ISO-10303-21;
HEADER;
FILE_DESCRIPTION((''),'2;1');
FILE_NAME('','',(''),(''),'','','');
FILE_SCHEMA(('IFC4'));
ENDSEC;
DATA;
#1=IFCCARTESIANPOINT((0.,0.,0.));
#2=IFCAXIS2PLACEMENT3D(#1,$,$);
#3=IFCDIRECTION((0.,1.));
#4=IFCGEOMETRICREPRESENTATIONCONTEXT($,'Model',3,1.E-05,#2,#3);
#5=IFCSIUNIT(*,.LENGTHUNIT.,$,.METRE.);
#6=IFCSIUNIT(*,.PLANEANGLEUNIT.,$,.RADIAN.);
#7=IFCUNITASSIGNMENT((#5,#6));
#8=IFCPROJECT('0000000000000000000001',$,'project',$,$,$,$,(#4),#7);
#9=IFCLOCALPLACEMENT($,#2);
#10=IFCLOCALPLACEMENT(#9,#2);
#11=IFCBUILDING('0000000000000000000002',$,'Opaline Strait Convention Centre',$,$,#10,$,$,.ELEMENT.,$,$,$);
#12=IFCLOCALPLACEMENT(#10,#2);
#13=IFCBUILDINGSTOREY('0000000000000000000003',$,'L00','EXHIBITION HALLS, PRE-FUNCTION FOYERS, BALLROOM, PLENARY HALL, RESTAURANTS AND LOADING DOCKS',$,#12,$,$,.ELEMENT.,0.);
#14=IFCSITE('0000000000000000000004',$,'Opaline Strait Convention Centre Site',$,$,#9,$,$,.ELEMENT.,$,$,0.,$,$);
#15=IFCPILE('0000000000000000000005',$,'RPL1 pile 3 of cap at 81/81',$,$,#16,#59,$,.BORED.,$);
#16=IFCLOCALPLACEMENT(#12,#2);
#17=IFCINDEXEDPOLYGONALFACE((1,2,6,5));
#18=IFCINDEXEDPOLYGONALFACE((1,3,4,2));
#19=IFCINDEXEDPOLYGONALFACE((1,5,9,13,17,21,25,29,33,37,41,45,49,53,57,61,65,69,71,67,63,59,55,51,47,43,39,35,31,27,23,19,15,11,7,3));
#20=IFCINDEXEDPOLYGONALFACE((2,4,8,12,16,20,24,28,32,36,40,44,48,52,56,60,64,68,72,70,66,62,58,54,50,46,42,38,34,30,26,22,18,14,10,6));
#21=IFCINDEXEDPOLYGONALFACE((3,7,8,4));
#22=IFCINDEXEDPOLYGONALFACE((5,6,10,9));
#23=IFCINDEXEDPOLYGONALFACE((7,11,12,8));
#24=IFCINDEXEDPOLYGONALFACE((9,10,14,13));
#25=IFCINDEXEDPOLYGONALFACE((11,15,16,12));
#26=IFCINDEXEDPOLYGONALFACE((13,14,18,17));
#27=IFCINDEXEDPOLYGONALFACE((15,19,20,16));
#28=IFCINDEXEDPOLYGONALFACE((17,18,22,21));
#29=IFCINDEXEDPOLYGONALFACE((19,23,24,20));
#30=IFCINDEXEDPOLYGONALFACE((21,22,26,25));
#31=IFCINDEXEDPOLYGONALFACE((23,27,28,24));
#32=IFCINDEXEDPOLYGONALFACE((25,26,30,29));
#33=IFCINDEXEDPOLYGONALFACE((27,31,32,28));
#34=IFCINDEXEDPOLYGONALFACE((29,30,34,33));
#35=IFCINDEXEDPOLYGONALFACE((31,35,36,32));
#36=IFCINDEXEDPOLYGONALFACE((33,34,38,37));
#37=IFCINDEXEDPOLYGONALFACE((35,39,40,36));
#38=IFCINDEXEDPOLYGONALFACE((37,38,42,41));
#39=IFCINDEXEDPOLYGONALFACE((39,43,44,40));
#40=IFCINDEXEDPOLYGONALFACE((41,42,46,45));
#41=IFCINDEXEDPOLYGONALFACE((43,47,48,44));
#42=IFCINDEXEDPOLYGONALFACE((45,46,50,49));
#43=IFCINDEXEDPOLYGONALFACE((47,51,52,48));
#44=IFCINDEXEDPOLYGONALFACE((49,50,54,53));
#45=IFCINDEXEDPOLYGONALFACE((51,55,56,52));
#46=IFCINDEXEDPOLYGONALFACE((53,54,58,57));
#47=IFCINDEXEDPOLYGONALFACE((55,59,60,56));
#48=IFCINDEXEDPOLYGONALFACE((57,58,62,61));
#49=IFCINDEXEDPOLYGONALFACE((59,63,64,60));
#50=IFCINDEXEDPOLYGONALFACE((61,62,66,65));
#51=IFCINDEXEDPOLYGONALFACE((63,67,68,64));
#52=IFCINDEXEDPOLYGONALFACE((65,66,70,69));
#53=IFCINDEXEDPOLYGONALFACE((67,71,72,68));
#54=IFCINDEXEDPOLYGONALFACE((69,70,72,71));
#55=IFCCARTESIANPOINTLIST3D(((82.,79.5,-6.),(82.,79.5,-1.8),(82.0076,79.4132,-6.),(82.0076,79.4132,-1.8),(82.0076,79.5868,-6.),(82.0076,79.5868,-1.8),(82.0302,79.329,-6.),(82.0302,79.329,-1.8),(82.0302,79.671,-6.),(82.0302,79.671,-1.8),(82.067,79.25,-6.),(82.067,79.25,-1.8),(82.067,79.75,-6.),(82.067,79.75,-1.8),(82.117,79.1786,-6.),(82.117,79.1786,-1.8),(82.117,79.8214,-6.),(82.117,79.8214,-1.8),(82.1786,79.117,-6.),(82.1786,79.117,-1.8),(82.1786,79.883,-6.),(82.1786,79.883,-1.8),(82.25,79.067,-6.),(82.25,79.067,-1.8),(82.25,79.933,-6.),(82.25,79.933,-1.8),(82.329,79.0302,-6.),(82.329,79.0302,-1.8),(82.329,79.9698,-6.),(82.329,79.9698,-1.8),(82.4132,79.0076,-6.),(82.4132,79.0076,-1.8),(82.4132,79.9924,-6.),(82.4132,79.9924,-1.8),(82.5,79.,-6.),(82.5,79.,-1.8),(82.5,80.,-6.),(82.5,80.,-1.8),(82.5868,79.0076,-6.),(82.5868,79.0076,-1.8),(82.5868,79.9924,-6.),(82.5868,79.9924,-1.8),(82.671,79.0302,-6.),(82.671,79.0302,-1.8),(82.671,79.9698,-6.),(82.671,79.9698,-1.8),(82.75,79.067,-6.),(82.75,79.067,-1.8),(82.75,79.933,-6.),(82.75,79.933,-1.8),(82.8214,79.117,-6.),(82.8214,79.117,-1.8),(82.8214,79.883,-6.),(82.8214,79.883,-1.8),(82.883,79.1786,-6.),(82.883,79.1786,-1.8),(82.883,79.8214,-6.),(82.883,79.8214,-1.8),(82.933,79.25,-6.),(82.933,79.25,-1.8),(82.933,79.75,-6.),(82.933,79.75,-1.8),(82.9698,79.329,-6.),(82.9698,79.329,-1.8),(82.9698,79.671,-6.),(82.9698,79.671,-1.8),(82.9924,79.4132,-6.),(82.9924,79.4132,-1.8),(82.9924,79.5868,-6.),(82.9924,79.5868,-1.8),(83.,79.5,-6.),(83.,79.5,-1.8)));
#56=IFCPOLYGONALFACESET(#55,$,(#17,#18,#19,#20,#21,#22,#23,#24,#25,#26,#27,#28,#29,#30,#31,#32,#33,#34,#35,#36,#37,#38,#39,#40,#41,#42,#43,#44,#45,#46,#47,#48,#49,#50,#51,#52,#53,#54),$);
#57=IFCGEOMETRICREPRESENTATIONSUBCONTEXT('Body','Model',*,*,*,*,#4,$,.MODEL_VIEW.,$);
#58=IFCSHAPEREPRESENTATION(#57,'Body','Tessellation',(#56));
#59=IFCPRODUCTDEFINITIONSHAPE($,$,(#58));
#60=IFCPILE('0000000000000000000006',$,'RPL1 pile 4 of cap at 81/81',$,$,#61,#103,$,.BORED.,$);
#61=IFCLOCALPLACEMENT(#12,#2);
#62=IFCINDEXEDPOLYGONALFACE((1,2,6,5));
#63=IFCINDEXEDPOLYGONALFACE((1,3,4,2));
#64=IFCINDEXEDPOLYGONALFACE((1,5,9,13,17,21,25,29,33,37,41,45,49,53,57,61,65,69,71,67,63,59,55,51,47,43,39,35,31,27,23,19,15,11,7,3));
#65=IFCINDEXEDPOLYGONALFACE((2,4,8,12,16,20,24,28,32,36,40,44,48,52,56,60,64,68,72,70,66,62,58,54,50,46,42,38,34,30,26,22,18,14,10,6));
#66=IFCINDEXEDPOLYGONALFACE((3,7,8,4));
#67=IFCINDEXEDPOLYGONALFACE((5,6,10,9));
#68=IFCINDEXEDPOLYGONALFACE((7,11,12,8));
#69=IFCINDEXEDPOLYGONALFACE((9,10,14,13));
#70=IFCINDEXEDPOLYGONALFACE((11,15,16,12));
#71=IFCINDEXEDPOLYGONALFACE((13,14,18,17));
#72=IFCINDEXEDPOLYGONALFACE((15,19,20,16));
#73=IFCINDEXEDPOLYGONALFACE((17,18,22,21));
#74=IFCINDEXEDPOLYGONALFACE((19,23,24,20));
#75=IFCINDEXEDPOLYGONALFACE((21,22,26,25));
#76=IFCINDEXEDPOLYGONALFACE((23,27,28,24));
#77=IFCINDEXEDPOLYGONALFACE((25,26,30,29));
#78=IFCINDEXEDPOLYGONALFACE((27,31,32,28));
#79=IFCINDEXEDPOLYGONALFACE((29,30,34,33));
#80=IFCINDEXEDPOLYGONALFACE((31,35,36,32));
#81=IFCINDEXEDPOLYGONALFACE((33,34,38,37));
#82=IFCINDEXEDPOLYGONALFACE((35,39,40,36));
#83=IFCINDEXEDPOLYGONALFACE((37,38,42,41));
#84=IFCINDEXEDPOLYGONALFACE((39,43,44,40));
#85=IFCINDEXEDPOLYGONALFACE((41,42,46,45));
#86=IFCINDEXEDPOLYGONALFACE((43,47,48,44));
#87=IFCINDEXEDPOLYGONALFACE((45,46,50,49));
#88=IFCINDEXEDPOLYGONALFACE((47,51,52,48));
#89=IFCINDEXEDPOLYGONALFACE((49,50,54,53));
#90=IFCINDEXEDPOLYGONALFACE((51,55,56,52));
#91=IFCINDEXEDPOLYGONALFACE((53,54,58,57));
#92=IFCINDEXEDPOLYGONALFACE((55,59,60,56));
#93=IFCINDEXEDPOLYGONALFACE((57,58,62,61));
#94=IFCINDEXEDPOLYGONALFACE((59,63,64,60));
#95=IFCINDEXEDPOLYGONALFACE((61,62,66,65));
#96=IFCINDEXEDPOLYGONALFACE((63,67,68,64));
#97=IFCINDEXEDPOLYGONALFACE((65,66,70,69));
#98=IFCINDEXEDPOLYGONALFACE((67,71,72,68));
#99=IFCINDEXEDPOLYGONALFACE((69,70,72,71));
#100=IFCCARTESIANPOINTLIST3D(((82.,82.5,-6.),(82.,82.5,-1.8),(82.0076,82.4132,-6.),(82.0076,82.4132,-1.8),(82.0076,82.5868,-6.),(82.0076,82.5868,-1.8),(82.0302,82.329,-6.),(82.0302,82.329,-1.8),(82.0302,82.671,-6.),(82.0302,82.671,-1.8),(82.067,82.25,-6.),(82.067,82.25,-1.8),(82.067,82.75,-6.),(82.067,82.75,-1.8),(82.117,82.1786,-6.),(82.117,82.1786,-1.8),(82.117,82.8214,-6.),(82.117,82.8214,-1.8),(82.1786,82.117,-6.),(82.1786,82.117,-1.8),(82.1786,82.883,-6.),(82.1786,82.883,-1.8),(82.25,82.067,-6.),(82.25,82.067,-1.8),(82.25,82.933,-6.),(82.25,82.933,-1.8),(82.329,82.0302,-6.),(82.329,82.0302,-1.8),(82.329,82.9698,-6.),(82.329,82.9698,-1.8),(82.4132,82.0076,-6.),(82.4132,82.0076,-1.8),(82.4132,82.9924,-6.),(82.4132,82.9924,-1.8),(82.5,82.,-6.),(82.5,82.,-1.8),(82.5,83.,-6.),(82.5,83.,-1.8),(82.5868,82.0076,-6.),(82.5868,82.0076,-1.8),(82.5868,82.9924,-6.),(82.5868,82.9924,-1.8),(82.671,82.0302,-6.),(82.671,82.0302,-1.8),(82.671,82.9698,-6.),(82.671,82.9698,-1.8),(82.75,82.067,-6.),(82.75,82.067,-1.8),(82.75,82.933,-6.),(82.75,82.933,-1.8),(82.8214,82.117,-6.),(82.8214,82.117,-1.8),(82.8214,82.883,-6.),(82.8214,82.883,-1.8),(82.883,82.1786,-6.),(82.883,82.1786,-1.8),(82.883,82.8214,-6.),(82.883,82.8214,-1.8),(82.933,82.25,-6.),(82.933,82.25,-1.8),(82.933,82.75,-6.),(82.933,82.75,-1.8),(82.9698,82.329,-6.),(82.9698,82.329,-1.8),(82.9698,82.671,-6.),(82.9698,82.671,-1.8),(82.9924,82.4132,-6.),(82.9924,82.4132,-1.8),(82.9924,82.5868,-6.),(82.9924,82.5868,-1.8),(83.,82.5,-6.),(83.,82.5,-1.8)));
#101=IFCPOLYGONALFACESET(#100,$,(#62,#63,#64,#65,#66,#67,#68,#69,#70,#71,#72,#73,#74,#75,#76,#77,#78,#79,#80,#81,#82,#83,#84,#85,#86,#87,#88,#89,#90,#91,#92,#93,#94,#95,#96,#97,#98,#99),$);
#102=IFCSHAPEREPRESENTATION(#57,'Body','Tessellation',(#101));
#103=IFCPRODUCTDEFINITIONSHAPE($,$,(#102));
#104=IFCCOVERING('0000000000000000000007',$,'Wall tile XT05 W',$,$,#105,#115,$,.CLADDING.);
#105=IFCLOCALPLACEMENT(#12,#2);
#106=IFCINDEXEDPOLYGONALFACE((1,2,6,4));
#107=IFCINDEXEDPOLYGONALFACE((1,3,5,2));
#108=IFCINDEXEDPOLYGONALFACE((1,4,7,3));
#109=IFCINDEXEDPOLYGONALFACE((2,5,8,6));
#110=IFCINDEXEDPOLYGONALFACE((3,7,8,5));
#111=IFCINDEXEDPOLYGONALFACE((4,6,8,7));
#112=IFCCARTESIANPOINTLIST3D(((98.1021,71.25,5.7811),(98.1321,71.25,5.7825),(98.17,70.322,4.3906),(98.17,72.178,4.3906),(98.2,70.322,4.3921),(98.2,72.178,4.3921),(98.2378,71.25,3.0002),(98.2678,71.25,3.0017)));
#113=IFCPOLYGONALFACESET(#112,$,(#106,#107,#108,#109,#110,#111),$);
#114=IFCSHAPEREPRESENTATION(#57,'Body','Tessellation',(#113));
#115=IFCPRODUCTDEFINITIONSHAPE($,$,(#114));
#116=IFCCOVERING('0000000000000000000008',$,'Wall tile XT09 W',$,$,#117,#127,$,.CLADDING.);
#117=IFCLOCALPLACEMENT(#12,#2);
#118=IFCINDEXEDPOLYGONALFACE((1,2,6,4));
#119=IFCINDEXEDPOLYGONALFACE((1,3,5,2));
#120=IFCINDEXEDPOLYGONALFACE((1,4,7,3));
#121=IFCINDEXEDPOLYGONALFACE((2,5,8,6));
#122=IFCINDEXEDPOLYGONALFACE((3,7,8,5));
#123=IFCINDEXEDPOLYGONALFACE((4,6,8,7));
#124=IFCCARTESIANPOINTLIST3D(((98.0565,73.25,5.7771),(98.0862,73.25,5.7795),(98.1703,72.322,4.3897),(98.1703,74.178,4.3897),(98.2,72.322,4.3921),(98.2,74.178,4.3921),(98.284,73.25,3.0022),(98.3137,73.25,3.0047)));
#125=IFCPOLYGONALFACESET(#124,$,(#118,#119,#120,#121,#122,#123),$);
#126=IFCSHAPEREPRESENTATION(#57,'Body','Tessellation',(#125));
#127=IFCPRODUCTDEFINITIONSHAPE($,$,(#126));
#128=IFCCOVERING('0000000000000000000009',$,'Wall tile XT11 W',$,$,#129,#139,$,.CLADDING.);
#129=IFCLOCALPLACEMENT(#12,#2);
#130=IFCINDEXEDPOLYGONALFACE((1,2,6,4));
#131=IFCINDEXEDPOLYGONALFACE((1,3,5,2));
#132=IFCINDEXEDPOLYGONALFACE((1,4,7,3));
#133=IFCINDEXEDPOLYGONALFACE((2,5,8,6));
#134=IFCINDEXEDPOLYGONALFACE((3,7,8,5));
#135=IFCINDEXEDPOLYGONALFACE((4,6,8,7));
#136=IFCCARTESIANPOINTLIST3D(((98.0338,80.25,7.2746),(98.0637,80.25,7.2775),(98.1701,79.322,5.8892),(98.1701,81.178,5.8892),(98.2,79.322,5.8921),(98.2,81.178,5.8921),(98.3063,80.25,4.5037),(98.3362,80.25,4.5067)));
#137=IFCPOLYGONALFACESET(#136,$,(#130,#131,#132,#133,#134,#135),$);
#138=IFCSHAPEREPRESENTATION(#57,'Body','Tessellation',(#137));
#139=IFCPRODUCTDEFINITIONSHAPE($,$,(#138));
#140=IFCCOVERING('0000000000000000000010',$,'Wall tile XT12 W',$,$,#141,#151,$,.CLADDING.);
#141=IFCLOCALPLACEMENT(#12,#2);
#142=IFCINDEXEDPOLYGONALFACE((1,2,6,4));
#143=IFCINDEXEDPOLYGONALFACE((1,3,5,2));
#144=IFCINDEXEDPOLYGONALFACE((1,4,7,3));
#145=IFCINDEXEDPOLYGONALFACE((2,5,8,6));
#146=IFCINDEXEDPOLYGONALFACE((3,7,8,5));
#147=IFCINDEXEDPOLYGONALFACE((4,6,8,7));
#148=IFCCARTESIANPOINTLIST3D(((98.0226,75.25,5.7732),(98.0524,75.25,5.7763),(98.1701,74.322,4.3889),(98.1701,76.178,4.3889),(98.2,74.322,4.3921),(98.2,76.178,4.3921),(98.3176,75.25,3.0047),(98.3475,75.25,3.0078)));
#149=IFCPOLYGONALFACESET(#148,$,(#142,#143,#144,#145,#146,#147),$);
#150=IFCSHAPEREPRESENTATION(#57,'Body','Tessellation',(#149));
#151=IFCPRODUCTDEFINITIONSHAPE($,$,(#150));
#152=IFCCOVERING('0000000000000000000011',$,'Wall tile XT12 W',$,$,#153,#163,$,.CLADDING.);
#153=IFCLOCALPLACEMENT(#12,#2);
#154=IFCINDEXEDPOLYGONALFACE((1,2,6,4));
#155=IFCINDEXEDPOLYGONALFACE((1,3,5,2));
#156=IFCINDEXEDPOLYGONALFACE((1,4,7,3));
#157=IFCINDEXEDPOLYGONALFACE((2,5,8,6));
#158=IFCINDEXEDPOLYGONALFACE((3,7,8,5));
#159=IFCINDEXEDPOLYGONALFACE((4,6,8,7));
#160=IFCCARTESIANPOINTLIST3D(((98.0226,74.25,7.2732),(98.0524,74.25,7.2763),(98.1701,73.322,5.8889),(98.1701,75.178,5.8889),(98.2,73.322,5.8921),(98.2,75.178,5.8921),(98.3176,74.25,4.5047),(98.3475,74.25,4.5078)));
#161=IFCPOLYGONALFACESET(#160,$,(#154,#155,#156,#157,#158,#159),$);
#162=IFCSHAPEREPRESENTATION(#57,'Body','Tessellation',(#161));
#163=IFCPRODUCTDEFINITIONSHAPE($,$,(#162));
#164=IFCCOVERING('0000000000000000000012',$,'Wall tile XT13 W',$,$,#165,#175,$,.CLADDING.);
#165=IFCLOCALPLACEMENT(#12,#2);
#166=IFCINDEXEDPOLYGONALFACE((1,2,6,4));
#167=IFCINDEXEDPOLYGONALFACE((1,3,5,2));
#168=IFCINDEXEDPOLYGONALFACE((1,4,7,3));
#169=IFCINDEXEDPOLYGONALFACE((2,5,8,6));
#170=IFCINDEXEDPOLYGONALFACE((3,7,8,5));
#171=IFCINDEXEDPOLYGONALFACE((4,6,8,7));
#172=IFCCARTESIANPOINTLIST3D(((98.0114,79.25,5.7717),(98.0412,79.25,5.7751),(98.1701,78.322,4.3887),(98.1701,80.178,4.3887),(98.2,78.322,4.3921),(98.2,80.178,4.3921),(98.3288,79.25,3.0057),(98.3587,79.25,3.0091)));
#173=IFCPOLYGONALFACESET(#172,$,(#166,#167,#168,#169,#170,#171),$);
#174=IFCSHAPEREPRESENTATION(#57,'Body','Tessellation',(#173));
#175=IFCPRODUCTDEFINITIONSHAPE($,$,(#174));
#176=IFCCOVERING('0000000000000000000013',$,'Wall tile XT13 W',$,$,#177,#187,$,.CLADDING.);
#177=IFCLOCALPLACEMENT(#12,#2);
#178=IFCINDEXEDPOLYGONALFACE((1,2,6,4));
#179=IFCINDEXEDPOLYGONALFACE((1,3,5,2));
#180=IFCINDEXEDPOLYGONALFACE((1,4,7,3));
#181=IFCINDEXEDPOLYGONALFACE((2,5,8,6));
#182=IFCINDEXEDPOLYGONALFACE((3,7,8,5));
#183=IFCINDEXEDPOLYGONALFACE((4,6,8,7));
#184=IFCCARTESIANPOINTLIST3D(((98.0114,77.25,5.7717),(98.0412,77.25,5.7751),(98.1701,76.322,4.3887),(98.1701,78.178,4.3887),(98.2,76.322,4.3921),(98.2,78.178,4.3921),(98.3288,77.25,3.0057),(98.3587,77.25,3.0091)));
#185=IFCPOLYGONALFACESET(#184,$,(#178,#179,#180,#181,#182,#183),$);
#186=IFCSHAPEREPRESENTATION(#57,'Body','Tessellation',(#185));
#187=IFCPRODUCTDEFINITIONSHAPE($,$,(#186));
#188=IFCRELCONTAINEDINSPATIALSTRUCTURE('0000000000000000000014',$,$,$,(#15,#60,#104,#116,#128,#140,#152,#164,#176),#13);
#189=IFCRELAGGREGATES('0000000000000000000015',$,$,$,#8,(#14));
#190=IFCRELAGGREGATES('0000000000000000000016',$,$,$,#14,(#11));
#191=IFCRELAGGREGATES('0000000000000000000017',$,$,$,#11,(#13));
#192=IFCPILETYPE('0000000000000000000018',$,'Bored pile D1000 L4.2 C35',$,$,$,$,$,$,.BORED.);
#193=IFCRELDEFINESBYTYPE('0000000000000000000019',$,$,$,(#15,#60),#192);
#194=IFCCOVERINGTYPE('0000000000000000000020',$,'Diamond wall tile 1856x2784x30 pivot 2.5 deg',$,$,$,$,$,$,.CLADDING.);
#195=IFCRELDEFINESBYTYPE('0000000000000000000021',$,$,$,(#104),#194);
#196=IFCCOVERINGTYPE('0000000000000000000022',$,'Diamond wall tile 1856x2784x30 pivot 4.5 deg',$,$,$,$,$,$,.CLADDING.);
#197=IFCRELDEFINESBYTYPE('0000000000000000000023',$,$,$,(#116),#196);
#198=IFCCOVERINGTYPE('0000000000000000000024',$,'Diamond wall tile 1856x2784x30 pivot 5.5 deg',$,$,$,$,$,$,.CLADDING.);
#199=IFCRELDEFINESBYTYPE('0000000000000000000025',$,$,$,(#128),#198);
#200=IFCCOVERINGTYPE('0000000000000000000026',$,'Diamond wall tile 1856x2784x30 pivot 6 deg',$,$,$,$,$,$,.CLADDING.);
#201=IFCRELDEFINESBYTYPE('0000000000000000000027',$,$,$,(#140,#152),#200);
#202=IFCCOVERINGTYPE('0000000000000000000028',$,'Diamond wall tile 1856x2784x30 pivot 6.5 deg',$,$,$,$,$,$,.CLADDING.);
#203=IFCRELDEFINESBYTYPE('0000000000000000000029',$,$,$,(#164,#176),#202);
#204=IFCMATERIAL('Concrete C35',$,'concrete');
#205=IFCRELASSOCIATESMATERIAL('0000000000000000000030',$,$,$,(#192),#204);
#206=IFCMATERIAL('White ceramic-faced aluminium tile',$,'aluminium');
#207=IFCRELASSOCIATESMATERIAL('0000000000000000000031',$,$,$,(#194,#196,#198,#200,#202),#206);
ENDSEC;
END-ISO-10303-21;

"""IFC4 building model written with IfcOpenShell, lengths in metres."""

from ifc_helpers import new_model, si_unit, direction, frame, origin, origin_2d, place, context, subcontext, project, spatial, polyline, circle, outline, extrude, material, material_profile, profile_set, type_object, element, save


model = new_model("IFC4")

# Units and contexts
model_context = context("Model", 3, precision=1e-05, world=origin(), true_north=direction((0.0, 1.0)))
body_context = subcontext(model_context, "Body", "Model", "MODEL_VIEW")
ifc_project = project(units=[si_unit("LENGTHUNIT", "METRE"), si_unit("PLANEANGLEUNIT", "RADIAN")], contexts=[model_context])

# Site, building, storey
site_placement = place(None, origin())
site = spatial("IfcSite", under=ifc_project, at=site_placement, Name="Opaline Strait Convention Centre Site", CompositionType="ELEMENT", RefElevation=0.0)
building_placement = place(site_placement, origin())
building = spatial("IfcBuilding", under=site, at=building_placement, Name="Opaline Strait Convention Centre", CompositionType="ELEMENT")
storey_placement = place(building_placement, origin())
storey = spatial("IfcBuildingStorey", under=building, at=storey_placement, Name="L00", Description="EXHIBITION HALLS, PRE-FUNCTION FOYERS, BALLROOM, PLENARY HALL, RESTAURANTS AND LOADING DOCKS", CompositionType="ELEMENT", Elevation=0.0)

# Piles
ifc_material_1 = material(Name="Concrete C35", Category="concrete")
ifc_material_profile_1 = material_profile(ifc_material_1, circle(Radius=0.5, at=origin_2d()), Name="D1000")
ifc_profile_set_1 = profile_set([ifc_material_profile_1], Name="Concrete C35")
pile_type_1 = type_object("IfcPileType", Name="Bored pile D1000 L4.2 C35", PredefinedType="BORED", material=ifc_profile_set_1)
for number, where, z_axis, x_axis, name in (
    (1, (82.5, 79.5, -1.8), (0.0, 0.0, -1.0), (1.0, 0.0, 0.0), "RPL1 pile 3 of cap at 81/81"),
    (2, (82.5, 82.5, -1.8), (0.0, 0.0, -1.0), (1.0, 0.0, 0.0), "RPL1 pile 4 of cap at 81/81"),
):
    element("IfcPile", number, at=place(storey_placement, frame(where, z_axis=z_axis, x_axis=x_axis)), inside=storey, type_object=pile_type_1, Name=name, PredefinedType="BORED", context=body_context, shape_type="SweptSolid", body=[
        extrude(circle(Radius=0.5, at=origin_2d()), origin(), (0.0, 0.0, 1.0), 4.2),
    ])

# Coverings
ifc_material_2 = material(Name="White ceramic-faced aluminium tile", Category="aluminium")
ifc_material_profile_2 = material_profile(ifc_material_2, outline(polyline([(0.928, 0.0), (0.0, 1.3921), (-0.928, 0.0), (0.0, -1.3921), (0.928, 0.0)])), Name="Diamond tile 1856x2784")
ifc_profile_set_2 = profile_set([ifc_material_profile_2], Name="White ceramic-faced aluminium tile")
covering_type_1 = type_object("IfcCoveringType", Name="Diamond wall tile 1856x2784x30 pivot 2.5 deg", PredefinedType="CLADDING", material=ifc_profile_set_2)
covering_1_placement = place(storey_placement, frame((98.2, 71.25, 4.3921), z_axis=(-0.998812, 0.0, -0.048723), x_axis=(0.0, -1.0, 0.0)))
element("IfcCovering", 3, at=covering_1_placement, inside=storey, type_object=covering_type_1, Name="Wall tile XT05 W", PredefinedType="CLADDING", context=body_context, shape_type="SweptSolid", body=[
    extrude(outline(polyline([(0.928, 0.0), (0.0, 1.3921), (-0.928, 0.0), (0.0, -1.3921), (0.928, 0.0)])), origin(), (0.0, 0.0, 1.0), 0.03),
])
ifc_material_profile_3 = material_profile(ifc_material_2, outline(polyline([(0.928, 0.0), (0.0, 1.3921), (-0.928, 0.0), (0.0, -1.3921), (0.928, 0.0)])), Name="Diamond tile 1856x2784")
ifc_profile_set_3 = profile_set([ifc_material_profile_3], Name="White ceramic-faced aluminium tile")
covering_type_2 = type_object("IfcCoveringType", Name="Diamond wall tile 1856x2784x30 pivot 4.5 deg", PredefinedType="CLADDING", material=ifc_profile_set_3)
covering_2_placement = place(storey_placement, frame((98.2, 73.25, 4.3921), z_axis=(-0.996658, 0.0, -0.081693), x_axis=(0.0, -1.0, 0.0)))
element("IfcCovering", 4, at=covering_2_placement, inside=storey, type_object=covering_type_2, Name="Wall tile XT09 W", PredefinedType="CLADDING", context=body_context, shape_type="SweptSolid", body=[
    extrude(outline(polyline([(0.928, 0.0), (0.0, 1.3921), (-0.928, 0.0), (0.0, -1.3921), (0.928, 0.0)])), origin(), (0.0, 0.0, 1.0), 0.0298),
])
ifc_material_profile_4 = material_profile(ifc_material_2, outline(polyline([(0.928, 0.0), (0.0, 1.3921), (-0.928, 0.0), (0.0, -1.3921), (0.928, 0.0)])), Name="Diamond tile 1856x2784")
ifc_profile_set_4 = profile_set([ifc_material_profile_4], Name="White ceramic-faced aluminium tile")
covering_type_3 = type_object("IfcCoveringType", Name="Diamond wall tile 1856x2784x30 pivot 5.5 deg", PredefinedType="CLADDING", material=ifc_profile_set_4)
covering_3_placement = place(storey_placement, frame((98.2, 80.25, 5.8921), z_axis=(-0.995197, 0.0, -0.097888), x_axis=(0.0, -1.0, 0.0)))
element("IfcCovering", 5, at=covering_3_placement, inside=storey, type_object=covering_type_3, Name="Wall tile XT11 W", PredefinedType="CLADDING", context=body_context, shape_type="SweptSolid", body=[
    extrude(outline(polyline([(0.928, 0.0), (0.0, 1.3921), (-0.928, 0.0), (0.0, -1.3921), (0.928, 0.0)])), origin(), (0.0, 0.0, 1.0), 0.03),
])
ifc_material_profile_5 = material_profile(ifc_material_2, outline(polyline([(0.928, 0.0), (0.0, 1.3921), (-0.928, 0.0), (0.0, -1.3921), (0.928, 0.0)])), Name="Diamond tile 1856x2784")
ifc_profile_set_5 = profile_set([ifc_material_profile_5], Name="White ceramic-faced aluminium tile")
covering_type_4 = type_object("IfcCoveringType", Name="Diamond wall tile 1856x2784x30 pivot 6 deg", PredefinedType="CLADDING", material=ifc_profile_set_5)
for number, where, z_axis, x_axis, name in (
    (6, (98.2, 75.25, 4.3921), (-0.994371, 0.0, -0.105958), (0.0, -1.0, 0.0), "Wall tile XT12 W"),
    (7, (98.2, 74.25, 5.8921), (-0.994371, 0.0, -0.105958), (0.0, -1.0, 0.0), "Wall tile XT12 W"),
):
    element("IfcCovering", number, at=place(storey_placement, frame(where, z_axis=z_axis, x_axis=x_axis)), inside=storey, type_object=covering_type_4, Name=name, PredefinedType="CLADDING", context=body_context, shape_type="SweptSolid", body=[
        extrude(outline(polyline([(0.928, 0.0), (0.0, 1.3921), (-0.928, 0.0), (0.0, -1.3921), (0.928, 0.0)])), origin(), (0.0, 0.0, 1.0), 0.03),
    ])
ifc_material_profile_6 = material_profile(ifc_material_2, outline(polyline([(0.928, 0.0), (0.0, 1.3921), (-0.928, 0.0), (0.0, -1.3921), (0.928, 0.0)])), Name="Diamond tile 1856x2784")
ifc_profile_set_6 = profile_set([ifc_material_profile_6], Name="White ceramic-faced aluminium tile")
covering_type_5 = type_object("IfcCoveringType", Name="Diamond wall tile 1856x2784x30 pivot 6.5 deg", PredefinedType="CLADDING", material=ifc_profile_set_6)
for number, where, z_axis, x_axis, name in (
    (8, (98.2, 79.25, 4.3921), (-0.99348, 0.0, -0.114006), (0.0, -1.0, 0.0), "Wall tile XT13 W"),
    (9, (98.2, 77.25, 4.3921), (-0.99348, 0.0, -0.114006), (0.0, -1.0, 0.0), "Wall tile XT13 W"),
):
    element("IfcCovering", number, at=place(storey_placement, frame(where, z_axis=z_axis, x_axis=x_axis)), inside=storey, type_object=covering_type_5, Name=name, PredefinedType="CLADDING", context=body_context, shape_type="SweptSolid", body=[
        extrude(outline(polyline([(0.928, 0.0), (0.0, 1.3921), (-0.928, 0.0), (0.0, -1.3921), (0.928, 0.0)])), origin(), (0.0, 0.0, 1.0), 0.03),
    ])

save(model, "model.ifc")
